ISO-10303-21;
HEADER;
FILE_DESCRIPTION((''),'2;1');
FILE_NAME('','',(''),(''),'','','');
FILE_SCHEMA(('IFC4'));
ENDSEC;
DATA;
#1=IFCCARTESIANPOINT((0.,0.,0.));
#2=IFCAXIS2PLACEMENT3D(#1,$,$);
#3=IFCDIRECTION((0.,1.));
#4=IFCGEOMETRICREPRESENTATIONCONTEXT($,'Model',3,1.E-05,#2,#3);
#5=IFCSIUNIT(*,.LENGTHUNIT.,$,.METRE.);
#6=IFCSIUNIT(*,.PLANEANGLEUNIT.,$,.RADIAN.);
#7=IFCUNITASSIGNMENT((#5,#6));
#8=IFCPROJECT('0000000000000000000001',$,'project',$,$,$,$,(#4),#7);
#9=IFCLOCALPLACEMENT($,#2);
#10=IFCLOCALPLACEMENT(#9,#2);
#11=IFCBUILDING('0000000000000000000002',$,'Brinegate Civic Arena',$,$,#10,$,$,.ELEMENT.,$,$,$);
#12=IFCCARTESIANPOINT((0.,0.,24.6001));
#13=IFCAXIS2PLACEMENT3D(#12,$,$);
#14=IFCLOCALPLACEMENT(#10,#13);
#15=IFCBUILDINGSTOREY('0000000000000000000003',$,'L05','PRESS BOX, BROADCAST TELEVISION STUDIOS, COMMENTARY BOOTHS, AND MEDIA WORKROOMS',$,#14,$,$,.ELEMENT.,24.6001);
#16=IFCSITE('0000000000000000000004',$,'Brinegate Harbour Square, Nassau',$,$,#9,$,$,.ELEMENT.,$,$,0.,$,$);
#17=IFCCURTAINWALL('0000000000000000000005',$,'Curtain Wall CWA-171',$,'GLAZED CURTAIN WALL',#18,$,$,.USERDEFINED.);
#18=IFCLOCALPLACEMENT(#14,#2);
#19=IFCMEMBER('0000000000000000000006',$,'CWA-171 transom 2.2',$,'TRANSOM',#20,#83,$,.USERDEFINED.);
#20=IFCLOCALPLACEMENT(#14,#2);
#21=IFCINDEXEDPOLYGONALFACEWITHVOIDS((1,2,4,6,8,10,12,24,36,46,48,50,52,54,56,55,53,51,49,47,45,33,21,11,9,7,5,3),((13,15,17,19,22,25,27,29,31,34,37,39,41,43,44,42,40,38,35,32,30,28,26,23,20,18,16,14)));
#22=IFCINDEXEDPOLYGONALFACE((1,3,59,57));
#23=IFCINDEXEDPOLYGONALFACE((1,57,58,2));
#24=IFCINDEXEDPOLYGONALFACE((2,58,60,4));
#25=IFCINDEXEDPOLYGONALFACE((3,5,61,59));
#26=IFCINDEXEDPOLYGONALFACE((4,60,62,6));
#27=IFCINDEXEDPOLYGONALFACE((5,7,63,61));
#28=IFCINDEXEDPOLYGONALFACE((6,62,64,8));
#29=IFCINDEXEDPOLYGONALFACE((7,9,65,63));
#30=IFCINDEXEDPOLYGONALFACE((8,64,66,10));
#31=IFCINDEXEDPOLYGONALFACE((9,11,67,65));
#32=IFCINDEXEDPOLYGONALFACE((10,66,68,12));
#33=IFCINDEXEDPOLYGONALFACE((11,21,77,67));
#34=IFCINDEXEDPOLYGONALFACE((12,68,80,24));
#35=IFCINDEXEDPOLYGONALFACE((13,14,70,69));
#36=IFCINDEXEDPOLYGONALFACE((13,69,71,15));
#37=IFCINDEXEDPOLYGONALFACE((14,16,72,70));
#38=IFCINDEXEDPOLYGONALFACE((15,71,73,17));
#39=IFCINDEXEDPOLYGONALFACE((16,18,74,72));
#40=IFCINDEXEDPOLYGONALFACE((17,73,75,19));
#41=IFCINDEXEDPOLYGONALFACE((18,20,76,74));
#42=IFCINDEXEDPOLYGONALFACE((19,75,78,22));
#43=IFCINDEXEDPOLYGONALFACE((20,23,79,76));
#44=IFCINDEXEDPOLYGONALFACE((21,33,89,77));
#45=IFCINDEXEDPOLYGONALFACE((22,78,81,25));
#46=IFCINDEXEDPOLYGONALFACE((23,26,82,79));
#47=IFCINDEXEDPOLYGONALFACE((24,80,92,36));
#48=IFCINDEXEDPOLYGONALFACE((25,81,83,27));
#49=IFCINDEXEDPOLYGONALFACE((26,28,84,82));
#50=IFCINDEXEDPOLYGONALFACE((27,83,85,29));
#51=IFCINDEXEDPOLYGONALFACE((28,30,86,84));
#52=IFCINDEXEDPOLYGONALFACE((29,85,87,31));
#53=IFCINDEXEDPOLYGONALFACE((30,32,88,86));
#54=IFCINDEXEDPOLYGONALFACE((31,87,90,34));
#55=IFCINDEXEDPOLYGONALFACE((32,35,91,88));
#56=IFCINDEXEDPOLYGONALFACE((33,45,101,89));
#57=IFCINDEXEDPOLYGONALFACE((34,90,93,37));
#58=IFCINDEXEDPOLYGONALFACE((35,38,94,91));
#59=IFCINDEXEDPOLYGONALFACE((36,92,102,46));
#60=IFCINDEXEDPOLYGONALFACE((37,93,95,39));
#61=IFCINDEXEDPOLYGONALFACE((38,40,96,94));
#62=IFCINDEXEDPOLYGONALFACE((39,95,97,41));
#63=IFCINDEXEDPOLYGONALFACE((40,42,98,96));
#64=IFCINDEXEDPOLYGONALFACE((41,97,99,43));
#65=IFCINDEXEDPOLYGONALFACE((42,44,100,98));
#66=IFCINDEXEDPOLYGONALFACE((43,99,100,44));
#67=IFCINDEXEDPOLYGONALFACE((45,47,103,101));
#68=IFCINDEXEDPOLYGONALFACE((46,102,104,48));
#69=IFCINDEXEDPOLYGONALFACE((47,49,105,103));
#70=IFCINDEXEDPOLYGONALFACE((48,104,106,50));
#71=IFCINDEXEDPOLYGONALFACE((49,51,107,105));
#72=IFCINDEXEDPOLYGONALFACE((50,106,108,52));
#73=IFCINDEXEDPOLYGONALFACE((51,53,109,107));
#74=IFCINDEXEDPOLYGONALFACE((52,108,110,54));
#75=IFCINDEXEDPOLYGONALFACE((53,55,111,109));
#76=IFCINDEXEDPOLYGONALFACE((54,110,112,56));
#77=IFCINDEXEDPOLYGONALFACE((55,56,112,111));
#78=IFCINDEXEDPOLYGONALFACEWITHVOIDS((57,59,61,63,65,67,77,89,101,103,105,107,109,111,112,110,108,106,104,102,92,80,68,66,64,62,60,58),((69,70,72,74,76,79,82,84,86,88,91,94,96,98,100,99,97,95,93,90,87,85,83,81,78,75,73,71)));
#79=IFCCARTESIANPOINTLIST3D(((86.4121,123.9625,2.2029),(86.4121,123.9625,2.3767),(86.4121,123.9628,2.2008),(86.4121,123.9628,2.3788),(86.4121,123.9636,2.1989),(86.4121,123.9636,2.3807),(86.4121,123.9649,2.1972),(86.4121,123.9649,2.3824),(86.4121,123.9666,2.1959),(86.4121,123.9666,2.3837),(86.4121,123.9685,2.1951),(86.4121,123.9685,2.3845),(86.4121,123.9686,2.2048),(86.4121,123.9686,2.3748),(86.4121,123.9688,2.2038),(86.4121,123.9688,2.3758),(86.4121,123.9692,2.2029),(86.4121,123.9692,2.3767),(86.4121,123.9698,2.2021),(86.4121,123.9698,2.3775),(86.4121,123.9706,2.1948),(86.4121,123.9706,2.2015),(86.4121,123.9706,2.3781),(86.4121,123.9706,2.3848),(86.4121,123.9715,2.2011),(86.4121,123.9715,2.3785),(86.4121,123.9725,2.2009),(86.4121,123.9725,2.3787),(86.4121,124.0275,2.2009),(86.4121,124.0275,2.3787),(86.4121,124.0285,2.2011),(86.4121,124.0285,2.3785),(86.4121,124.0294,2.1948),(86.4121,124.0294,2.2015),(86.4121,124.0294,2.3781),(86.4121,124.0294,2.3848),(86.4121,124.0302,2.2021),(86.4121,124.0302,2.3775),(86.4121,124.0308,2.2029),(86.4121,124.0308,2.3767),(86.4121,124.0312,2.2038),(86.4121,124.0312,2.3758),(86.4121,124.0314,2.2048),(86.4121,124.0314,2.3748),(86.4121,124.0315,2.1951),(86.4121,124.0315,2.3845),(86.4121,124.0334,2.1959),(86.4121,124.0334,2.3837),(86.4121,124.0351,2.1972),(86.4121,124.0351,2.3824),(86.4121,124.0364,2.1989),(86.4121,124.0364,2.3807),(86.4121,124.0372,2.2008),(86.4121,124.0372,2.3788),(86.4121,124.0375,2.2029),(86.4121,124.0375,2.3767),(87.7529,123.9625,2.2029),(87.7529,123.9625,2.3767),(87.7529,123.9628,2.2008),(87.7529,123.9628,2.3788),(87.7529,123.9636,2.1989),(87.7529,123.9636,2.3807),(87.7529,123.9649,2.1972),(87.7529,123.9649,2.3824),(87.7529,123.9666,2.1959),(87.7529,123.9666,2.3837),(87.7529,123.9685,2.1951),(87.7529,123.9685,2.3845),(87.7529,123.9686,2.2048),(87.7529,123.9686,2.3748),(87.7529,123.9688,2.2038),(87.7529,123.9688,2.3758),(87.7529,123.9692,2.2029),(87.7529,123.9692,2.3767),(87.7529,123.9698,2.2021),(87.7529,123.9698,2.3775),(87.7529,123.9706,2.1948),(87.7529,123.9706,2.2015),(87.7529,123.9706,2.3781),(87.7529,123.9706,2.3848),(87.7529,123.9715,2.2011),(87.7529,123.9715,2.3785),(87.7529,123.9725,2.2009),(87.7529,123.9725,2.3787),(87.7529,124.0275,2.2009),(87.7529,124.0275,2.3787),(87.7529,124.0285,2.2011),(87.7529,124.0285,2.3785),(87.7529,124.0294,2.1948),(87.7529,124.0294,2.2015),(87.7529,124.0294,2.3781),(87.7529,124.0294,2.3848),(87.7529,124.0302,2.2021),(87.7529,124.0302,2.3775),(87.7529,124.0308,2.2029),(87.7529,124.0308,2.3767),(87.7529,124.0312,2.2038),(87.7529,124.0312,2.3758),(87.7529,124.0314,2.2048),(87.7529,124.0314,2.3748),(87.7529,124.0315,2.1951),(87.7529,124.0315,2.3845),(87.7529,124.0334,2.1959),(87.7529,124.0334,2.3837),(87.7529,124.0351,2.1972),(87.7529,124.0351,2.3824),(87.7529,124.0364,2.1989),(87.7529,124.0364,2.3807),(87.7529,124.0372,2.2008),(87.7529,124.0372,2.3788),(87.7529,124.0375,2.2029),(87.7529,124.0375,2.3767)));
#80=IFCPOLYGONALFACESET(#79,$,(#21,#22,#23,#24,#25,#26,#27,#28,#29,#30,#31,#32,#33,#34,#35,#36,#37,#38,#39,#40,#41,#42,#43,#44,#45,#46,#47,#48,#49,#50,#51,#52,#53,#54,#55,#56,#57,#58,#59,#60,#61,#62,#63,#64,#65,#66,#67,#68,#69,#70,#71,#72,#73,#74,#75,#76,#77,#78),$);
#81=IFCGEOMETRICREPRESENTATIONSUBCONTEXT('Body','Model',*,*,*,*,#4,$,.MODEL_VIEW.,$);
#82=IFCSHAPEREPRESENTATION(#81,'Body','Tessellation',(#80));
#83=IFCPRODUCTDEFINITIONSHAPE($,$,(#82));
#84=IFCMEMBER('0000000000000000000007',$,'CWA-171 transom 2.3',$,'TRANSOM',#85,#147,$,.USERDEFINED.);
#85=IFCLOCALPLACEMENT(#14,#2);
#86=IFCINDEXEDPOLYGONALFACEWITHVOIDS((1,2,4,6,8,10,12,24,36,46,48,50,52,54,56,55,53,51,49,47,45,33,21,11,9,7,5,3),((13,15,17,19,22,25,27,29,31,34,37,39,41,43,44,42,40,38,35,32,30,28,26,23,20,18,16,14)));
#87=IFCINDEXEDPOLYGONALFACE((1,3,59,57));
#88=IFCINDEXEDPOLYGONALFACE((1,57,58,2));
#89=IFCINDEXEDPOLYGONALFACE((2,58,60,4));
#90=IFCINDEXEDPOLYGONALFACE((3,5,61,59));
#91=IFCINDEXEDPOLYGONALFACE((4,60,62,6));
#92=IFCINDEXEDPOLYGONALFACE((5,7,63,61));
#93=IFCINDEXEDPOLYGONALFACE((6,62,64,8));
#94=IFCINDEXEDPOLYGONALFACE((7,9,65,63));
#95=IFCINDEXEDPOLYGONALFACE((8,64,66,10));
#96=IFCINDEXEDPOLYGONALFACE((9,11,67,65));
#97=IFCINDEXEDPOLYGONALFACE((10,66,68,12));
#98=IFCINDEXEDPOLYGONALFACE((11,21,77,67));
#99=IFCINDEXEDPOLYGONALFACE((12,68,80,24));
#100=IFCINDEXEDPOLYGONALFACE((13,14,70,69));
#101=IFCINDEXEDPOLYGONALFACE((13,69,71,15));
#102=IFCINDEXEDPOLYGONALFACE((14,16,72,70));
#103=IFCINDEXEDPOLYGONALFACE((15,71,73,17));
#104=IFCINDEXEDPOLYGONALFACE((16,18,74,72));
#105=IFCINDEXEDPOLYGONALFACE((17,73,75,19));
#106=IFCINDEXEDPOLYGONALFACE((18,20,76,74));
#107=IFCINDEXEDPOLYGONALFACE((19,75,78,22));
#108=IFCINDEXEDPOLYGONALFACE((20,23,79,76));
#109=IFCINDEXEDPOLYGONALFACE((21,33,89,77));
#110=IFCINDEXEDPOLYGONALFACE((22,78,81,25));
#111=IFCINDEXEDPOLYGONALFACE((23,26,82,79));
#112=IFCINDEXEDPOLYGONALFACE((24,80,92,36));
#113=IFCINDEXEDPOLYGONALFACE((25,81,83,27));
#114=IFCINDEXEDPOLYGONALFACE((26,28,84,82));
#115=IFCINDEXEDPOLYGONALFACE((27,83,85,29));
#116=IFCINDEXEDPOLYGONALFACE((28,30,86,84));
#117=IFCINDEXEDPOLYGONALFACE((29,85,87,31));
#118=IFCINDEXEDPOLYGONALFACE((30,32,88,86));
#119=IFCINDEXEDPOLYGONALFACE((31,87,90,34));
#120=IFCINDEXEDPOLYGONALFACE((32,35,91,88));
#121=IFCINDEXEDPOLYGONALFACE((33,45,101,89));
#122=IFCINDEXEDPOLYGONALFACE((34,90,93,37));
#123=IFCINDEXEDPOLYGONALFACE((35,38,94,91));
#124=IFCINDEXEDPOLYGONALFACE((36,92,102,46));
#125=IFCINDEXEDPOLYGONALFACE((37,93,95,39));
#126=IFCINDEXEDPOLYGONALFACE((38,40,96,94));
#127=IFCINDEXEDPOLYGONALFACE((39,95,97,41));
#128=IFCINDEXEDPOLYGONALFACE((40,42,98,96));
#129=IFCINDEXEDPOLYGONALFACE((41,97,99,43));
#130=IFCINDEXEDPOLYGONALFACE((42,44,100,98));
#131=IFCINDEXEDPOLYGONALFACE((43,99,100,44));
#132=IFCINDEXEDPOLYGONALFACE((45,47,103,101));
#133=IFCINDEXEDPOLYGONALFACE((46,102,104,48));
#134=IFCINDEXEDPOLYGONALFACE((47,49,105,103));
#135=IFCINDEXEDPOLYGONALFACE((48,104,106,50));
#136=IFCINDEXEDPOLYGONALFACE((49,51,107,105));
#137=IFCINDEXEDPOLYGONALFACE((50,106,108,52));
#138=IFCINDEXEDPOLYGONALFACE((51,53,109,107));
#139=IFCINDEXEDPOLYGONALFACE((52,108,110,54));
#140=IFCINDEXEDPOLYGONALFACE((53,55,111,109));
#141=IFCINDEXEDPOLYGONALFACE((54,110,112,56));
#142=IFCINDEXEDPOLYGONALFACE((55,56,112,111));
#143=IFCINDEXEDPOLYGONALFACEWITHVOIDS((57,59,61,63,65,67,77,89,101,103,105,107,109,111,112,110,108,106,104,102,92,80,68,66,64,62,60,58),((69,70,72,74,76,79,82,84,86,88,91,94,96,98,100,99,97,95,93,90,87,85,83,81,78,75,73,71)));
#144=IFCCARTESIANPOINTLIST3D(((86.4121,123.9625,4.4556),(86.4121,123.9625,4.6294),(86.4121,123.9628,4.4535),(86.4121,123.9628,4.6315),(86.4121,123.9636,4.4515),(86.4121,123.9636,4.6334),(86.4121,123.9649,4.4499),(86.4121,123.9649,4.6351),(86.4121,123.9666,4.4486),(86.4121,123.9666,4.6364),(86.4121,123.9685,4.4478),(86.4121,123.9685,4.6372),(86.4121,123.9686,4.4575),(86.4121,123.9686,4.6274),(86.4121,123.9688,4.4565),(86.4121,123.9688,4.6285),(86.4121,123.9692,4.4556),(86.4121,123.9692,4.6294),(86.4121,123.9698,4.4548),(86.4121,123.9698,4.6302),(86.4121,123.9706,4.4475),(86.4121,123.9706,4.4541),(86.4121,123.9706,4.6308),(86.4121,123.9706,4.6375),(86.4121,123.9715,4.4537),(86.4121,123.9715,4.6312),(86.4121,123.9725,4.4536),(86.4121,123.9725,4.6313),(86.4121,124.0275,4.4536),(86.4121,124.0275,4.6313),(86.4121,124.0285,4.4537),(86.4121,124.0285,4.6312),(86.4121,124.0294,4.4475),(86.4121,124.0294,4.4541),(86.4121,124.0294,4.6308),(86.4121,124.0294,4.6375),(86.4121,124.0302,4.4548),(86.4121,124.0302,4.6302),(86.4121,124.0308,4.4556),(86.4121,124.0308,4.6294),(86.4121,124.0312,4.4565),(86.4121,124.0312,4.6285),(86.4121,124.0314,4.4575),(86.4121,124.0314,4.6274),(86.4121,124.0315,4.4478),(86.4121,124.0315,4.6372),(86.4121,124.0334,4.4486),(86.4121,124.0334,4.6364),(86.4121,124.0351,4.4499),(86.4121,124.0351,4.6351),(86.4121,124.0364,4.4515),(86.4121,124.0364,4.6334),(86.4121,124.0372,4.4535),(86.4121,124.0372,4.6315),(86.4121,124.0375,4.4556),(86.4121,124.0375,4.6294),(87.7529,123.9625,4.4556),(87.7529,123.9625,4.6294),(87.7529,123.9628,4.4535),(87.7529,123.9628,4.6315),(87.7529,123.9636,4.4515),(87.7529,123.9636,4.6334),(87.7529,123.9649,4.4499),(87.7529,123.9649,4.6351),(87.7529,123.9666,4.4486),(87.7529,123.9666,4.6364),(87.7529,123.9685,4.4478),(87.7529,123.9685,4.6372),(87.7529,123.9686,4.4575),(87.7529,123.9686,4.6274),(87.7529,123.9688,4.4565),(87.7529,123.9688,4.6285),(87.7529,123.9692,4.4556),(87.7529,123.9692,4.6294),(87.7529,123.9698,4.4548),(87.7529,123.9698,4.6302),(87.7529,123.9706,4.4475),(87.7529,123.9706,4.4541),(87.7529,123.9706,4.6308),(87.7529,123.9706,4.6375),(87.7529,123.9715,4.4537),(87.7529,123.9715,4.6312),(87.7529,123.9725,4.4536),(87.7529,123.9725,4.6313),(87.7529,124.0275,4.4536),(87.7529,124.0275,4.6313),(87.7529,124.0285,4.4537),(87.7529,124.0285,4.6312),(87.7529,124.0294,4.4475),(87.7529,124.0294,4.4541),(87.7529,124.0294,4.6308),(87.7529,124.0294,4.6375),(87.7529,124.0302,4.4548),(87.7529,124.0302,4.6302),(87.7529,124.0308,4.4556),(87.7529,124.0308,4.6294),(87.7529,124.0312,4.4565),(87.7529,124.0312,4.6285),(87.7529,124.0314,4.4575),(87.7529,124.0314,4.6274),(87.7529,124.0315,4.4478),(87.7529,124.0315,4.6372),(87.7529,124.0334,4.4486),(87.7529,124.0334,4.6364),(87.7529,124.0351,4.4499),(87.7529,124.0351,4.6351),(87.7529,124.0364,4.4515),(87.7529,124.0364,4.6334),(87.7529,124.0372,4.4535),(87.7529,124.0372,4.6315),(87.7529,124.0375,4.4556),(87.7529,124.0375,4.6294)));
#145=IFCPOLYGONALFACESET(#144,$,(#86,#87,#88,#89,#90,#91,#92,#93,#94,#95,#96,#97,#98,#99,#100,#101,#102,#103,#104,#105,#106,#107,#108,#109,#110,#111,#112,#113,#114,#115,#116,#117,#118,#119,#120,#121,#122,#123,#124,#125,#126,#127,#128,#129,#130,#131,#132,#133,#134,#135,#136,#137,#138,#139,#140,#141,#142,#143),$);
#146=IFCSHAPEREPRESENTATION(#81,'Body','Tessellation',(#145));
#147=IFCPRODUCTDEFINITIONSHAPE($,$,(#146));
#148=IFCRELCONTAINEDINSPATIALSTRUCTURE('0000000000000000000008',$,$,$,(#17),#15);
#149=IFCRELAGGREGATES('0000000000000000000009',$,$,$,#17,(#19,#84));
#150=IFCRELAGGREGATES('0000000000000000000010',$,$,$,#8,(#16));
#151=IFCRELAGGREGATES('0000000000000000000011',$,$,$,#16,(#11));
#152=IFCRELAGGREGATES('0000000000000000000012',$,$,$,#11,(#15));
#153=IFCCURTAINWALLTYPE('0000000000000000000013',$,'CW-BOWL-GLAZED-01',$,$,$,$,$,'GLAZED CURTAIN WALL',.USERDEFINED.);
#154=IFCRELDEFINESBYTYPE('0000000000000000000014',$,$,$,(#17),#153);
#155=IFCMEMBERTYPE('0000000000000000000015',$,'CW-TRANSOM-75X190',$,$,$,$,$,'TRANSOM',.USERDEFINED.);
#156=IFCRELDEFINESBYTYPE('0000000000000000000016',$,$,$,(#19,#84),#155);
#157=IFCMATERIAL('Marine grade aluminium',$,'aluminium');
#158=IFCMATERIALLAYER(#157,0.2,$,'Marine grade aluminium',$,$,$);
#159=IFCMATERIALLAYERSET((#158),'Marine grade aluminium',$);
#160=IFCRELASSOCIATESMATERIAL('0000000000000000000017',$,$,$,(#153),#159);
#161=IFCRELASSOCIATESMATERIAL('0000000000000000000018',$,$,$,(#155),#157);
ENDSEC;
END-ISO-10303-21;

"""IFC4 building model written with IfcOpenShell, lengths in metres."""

from ifc_helpers import new_model, si_unit, direction, frame, origin, origin_2d, place, context, subcontext, project, spatial, hollow_rectangle, extrude, material, layer, layer_set, material_profile, profile_set, type_object, element, aggregate, save


model = new_model("IFC4")

# Units and contexts
model_context = context("Model", 3, precision=1e-05, world=origin(), true_north=direction((0.0, 1.0)))
body_context = subcontext(model_context, "Body", "Model", "MODEL_VIEW")
ifc_project = project(units=[si_unit("LENGTHUNIT", "METRE"), si_unit("PLANEANGLEUNIT", "RADIAN")], contexts=[model_context])

# Site, building, storey
site_placement = place(None, origin())
site = spatial("IfcSite", under=ifc_project, at=site_placement, Name="Brinegate Harbour Square, Nassau", CompositionType="ELEMENT", RefElevation=0.0)
building_placement = place(site_placement, origin())
building = spatial("IfcBuilding", under=site, at=building_placement, Name="Brinegate Civic Arena", CompositionType="ELEMENT")
storey_placement = place(building_placement, frame((0.0, 0.0, 24.6001)))
storey = spatial("IfcBuildingStorey", under=building, at=storey_placement, Name="L05", Description="PRESS BOX, BROADCAST TELEVISION STUDIOS, COMMENTARY BOOTHS, AND MEDIA WORKROOMS", CompositionType="ELEMENT", Elevation=24.6001)

# Curtain wall, members
ifc_material_1 = material(Name="Marine grade aluminium", Category="aluminium")
ifc_layer_1 = layer(ifc_material_1, 0.2, Name="Marine grade aluminium")
ifc_layer_set_1 = layer_set([ifc_layer_1], Name="Marine grade aluminium")
curtain_wall_type = type_object("IfcCurtainWallType", Name="CW-BOWL-GLAZED-01", ElementType="GLAZED CURTAIN WALL", PredefinedType="USERDEFINED", material=ifc_layer_set_1)
curtain_wall_placement = place(storey_placement, origin())
curtain_wall = element("IfcCurtainWall", 1, at=curtain_wall_placement, inside=storey, type_object=curtain_wall_type, Name="Curtain Wall CWA-171", ObjectType="GLAZED CURTAIN WALL", PredefinedType="USERDEFINED")
ifc_material_profile_1 = material_profile(ifc_material_1, hollow_rectangle(XDim=0.075, YDim=0.1899, WallThickness=0.0061, InnerFilletRadius=0.0039, OuterFilletRadius=0.0081, at=origin_2d()), Name="TRN75X190")
ifc_profile_set_1 = profile_set([ifc_material_profile_1], Name="Marine grade aluminium")
member_type_1 = type_object("IfcMemberType", Name="CW-TRANSOM-75X190", ElementType="TRANSOM", PredefinedType="USERDEFINED", material=ifc_profile_set_1)
member_1_placement = place(storey_placement, frame((86.4121, 124.0, 2.2898), z_axis=(1.0, 0.0, 0.0), x_axis=(0.0, 1.0, 0.0)))
member_1 = element("IfcMember", 2, at=member_1_placement, type_object=member_type_1, Name="CWA-171 transom 2.2", ObjectType="TRANSOM", PredefinedType="USERDEFINED", context=body_context, shape_type="SweptSolid", body=[
    extrude(hollow_rectangle(XDim=0.075, YDim=0.1899, WallThickness=0.0061, InnerFilletRadius=0.0039, OuterFilletRadius=0.0081, at=origin_2d()), origin(), (0.0, 0.0, 1.0), 1.3408),
])
member_2_placement = place(storey_placement, frame((86.4121, 124.0, 4.5425), z_axis=(1.0, 0.0, 0.0), x_axis=(0.0, 1.0, 0.0)))
member_2 = element("IfcMember", 3, at=member_2_placement, type_object=member_type_1, Name="CWA-171 transom 2.3", ObjectType="TRANSOM", PredefinedType="USERDEFINED", context=body_context, shape_type="SweptSolid", body=[
    extrude(hollow_rectangle(XDim=0.075, YDim=0.1899, WallThickness=0.0061, InnerFilletRadius=0.0039, OuterFilletRadius=0.0081, at=origin_2d()), origin(), (0.0, 0.0, 1.0), 1.3408),
])

aggregate(curtain_wall, [member_1, member_2])

save(model, "model.ifc")
